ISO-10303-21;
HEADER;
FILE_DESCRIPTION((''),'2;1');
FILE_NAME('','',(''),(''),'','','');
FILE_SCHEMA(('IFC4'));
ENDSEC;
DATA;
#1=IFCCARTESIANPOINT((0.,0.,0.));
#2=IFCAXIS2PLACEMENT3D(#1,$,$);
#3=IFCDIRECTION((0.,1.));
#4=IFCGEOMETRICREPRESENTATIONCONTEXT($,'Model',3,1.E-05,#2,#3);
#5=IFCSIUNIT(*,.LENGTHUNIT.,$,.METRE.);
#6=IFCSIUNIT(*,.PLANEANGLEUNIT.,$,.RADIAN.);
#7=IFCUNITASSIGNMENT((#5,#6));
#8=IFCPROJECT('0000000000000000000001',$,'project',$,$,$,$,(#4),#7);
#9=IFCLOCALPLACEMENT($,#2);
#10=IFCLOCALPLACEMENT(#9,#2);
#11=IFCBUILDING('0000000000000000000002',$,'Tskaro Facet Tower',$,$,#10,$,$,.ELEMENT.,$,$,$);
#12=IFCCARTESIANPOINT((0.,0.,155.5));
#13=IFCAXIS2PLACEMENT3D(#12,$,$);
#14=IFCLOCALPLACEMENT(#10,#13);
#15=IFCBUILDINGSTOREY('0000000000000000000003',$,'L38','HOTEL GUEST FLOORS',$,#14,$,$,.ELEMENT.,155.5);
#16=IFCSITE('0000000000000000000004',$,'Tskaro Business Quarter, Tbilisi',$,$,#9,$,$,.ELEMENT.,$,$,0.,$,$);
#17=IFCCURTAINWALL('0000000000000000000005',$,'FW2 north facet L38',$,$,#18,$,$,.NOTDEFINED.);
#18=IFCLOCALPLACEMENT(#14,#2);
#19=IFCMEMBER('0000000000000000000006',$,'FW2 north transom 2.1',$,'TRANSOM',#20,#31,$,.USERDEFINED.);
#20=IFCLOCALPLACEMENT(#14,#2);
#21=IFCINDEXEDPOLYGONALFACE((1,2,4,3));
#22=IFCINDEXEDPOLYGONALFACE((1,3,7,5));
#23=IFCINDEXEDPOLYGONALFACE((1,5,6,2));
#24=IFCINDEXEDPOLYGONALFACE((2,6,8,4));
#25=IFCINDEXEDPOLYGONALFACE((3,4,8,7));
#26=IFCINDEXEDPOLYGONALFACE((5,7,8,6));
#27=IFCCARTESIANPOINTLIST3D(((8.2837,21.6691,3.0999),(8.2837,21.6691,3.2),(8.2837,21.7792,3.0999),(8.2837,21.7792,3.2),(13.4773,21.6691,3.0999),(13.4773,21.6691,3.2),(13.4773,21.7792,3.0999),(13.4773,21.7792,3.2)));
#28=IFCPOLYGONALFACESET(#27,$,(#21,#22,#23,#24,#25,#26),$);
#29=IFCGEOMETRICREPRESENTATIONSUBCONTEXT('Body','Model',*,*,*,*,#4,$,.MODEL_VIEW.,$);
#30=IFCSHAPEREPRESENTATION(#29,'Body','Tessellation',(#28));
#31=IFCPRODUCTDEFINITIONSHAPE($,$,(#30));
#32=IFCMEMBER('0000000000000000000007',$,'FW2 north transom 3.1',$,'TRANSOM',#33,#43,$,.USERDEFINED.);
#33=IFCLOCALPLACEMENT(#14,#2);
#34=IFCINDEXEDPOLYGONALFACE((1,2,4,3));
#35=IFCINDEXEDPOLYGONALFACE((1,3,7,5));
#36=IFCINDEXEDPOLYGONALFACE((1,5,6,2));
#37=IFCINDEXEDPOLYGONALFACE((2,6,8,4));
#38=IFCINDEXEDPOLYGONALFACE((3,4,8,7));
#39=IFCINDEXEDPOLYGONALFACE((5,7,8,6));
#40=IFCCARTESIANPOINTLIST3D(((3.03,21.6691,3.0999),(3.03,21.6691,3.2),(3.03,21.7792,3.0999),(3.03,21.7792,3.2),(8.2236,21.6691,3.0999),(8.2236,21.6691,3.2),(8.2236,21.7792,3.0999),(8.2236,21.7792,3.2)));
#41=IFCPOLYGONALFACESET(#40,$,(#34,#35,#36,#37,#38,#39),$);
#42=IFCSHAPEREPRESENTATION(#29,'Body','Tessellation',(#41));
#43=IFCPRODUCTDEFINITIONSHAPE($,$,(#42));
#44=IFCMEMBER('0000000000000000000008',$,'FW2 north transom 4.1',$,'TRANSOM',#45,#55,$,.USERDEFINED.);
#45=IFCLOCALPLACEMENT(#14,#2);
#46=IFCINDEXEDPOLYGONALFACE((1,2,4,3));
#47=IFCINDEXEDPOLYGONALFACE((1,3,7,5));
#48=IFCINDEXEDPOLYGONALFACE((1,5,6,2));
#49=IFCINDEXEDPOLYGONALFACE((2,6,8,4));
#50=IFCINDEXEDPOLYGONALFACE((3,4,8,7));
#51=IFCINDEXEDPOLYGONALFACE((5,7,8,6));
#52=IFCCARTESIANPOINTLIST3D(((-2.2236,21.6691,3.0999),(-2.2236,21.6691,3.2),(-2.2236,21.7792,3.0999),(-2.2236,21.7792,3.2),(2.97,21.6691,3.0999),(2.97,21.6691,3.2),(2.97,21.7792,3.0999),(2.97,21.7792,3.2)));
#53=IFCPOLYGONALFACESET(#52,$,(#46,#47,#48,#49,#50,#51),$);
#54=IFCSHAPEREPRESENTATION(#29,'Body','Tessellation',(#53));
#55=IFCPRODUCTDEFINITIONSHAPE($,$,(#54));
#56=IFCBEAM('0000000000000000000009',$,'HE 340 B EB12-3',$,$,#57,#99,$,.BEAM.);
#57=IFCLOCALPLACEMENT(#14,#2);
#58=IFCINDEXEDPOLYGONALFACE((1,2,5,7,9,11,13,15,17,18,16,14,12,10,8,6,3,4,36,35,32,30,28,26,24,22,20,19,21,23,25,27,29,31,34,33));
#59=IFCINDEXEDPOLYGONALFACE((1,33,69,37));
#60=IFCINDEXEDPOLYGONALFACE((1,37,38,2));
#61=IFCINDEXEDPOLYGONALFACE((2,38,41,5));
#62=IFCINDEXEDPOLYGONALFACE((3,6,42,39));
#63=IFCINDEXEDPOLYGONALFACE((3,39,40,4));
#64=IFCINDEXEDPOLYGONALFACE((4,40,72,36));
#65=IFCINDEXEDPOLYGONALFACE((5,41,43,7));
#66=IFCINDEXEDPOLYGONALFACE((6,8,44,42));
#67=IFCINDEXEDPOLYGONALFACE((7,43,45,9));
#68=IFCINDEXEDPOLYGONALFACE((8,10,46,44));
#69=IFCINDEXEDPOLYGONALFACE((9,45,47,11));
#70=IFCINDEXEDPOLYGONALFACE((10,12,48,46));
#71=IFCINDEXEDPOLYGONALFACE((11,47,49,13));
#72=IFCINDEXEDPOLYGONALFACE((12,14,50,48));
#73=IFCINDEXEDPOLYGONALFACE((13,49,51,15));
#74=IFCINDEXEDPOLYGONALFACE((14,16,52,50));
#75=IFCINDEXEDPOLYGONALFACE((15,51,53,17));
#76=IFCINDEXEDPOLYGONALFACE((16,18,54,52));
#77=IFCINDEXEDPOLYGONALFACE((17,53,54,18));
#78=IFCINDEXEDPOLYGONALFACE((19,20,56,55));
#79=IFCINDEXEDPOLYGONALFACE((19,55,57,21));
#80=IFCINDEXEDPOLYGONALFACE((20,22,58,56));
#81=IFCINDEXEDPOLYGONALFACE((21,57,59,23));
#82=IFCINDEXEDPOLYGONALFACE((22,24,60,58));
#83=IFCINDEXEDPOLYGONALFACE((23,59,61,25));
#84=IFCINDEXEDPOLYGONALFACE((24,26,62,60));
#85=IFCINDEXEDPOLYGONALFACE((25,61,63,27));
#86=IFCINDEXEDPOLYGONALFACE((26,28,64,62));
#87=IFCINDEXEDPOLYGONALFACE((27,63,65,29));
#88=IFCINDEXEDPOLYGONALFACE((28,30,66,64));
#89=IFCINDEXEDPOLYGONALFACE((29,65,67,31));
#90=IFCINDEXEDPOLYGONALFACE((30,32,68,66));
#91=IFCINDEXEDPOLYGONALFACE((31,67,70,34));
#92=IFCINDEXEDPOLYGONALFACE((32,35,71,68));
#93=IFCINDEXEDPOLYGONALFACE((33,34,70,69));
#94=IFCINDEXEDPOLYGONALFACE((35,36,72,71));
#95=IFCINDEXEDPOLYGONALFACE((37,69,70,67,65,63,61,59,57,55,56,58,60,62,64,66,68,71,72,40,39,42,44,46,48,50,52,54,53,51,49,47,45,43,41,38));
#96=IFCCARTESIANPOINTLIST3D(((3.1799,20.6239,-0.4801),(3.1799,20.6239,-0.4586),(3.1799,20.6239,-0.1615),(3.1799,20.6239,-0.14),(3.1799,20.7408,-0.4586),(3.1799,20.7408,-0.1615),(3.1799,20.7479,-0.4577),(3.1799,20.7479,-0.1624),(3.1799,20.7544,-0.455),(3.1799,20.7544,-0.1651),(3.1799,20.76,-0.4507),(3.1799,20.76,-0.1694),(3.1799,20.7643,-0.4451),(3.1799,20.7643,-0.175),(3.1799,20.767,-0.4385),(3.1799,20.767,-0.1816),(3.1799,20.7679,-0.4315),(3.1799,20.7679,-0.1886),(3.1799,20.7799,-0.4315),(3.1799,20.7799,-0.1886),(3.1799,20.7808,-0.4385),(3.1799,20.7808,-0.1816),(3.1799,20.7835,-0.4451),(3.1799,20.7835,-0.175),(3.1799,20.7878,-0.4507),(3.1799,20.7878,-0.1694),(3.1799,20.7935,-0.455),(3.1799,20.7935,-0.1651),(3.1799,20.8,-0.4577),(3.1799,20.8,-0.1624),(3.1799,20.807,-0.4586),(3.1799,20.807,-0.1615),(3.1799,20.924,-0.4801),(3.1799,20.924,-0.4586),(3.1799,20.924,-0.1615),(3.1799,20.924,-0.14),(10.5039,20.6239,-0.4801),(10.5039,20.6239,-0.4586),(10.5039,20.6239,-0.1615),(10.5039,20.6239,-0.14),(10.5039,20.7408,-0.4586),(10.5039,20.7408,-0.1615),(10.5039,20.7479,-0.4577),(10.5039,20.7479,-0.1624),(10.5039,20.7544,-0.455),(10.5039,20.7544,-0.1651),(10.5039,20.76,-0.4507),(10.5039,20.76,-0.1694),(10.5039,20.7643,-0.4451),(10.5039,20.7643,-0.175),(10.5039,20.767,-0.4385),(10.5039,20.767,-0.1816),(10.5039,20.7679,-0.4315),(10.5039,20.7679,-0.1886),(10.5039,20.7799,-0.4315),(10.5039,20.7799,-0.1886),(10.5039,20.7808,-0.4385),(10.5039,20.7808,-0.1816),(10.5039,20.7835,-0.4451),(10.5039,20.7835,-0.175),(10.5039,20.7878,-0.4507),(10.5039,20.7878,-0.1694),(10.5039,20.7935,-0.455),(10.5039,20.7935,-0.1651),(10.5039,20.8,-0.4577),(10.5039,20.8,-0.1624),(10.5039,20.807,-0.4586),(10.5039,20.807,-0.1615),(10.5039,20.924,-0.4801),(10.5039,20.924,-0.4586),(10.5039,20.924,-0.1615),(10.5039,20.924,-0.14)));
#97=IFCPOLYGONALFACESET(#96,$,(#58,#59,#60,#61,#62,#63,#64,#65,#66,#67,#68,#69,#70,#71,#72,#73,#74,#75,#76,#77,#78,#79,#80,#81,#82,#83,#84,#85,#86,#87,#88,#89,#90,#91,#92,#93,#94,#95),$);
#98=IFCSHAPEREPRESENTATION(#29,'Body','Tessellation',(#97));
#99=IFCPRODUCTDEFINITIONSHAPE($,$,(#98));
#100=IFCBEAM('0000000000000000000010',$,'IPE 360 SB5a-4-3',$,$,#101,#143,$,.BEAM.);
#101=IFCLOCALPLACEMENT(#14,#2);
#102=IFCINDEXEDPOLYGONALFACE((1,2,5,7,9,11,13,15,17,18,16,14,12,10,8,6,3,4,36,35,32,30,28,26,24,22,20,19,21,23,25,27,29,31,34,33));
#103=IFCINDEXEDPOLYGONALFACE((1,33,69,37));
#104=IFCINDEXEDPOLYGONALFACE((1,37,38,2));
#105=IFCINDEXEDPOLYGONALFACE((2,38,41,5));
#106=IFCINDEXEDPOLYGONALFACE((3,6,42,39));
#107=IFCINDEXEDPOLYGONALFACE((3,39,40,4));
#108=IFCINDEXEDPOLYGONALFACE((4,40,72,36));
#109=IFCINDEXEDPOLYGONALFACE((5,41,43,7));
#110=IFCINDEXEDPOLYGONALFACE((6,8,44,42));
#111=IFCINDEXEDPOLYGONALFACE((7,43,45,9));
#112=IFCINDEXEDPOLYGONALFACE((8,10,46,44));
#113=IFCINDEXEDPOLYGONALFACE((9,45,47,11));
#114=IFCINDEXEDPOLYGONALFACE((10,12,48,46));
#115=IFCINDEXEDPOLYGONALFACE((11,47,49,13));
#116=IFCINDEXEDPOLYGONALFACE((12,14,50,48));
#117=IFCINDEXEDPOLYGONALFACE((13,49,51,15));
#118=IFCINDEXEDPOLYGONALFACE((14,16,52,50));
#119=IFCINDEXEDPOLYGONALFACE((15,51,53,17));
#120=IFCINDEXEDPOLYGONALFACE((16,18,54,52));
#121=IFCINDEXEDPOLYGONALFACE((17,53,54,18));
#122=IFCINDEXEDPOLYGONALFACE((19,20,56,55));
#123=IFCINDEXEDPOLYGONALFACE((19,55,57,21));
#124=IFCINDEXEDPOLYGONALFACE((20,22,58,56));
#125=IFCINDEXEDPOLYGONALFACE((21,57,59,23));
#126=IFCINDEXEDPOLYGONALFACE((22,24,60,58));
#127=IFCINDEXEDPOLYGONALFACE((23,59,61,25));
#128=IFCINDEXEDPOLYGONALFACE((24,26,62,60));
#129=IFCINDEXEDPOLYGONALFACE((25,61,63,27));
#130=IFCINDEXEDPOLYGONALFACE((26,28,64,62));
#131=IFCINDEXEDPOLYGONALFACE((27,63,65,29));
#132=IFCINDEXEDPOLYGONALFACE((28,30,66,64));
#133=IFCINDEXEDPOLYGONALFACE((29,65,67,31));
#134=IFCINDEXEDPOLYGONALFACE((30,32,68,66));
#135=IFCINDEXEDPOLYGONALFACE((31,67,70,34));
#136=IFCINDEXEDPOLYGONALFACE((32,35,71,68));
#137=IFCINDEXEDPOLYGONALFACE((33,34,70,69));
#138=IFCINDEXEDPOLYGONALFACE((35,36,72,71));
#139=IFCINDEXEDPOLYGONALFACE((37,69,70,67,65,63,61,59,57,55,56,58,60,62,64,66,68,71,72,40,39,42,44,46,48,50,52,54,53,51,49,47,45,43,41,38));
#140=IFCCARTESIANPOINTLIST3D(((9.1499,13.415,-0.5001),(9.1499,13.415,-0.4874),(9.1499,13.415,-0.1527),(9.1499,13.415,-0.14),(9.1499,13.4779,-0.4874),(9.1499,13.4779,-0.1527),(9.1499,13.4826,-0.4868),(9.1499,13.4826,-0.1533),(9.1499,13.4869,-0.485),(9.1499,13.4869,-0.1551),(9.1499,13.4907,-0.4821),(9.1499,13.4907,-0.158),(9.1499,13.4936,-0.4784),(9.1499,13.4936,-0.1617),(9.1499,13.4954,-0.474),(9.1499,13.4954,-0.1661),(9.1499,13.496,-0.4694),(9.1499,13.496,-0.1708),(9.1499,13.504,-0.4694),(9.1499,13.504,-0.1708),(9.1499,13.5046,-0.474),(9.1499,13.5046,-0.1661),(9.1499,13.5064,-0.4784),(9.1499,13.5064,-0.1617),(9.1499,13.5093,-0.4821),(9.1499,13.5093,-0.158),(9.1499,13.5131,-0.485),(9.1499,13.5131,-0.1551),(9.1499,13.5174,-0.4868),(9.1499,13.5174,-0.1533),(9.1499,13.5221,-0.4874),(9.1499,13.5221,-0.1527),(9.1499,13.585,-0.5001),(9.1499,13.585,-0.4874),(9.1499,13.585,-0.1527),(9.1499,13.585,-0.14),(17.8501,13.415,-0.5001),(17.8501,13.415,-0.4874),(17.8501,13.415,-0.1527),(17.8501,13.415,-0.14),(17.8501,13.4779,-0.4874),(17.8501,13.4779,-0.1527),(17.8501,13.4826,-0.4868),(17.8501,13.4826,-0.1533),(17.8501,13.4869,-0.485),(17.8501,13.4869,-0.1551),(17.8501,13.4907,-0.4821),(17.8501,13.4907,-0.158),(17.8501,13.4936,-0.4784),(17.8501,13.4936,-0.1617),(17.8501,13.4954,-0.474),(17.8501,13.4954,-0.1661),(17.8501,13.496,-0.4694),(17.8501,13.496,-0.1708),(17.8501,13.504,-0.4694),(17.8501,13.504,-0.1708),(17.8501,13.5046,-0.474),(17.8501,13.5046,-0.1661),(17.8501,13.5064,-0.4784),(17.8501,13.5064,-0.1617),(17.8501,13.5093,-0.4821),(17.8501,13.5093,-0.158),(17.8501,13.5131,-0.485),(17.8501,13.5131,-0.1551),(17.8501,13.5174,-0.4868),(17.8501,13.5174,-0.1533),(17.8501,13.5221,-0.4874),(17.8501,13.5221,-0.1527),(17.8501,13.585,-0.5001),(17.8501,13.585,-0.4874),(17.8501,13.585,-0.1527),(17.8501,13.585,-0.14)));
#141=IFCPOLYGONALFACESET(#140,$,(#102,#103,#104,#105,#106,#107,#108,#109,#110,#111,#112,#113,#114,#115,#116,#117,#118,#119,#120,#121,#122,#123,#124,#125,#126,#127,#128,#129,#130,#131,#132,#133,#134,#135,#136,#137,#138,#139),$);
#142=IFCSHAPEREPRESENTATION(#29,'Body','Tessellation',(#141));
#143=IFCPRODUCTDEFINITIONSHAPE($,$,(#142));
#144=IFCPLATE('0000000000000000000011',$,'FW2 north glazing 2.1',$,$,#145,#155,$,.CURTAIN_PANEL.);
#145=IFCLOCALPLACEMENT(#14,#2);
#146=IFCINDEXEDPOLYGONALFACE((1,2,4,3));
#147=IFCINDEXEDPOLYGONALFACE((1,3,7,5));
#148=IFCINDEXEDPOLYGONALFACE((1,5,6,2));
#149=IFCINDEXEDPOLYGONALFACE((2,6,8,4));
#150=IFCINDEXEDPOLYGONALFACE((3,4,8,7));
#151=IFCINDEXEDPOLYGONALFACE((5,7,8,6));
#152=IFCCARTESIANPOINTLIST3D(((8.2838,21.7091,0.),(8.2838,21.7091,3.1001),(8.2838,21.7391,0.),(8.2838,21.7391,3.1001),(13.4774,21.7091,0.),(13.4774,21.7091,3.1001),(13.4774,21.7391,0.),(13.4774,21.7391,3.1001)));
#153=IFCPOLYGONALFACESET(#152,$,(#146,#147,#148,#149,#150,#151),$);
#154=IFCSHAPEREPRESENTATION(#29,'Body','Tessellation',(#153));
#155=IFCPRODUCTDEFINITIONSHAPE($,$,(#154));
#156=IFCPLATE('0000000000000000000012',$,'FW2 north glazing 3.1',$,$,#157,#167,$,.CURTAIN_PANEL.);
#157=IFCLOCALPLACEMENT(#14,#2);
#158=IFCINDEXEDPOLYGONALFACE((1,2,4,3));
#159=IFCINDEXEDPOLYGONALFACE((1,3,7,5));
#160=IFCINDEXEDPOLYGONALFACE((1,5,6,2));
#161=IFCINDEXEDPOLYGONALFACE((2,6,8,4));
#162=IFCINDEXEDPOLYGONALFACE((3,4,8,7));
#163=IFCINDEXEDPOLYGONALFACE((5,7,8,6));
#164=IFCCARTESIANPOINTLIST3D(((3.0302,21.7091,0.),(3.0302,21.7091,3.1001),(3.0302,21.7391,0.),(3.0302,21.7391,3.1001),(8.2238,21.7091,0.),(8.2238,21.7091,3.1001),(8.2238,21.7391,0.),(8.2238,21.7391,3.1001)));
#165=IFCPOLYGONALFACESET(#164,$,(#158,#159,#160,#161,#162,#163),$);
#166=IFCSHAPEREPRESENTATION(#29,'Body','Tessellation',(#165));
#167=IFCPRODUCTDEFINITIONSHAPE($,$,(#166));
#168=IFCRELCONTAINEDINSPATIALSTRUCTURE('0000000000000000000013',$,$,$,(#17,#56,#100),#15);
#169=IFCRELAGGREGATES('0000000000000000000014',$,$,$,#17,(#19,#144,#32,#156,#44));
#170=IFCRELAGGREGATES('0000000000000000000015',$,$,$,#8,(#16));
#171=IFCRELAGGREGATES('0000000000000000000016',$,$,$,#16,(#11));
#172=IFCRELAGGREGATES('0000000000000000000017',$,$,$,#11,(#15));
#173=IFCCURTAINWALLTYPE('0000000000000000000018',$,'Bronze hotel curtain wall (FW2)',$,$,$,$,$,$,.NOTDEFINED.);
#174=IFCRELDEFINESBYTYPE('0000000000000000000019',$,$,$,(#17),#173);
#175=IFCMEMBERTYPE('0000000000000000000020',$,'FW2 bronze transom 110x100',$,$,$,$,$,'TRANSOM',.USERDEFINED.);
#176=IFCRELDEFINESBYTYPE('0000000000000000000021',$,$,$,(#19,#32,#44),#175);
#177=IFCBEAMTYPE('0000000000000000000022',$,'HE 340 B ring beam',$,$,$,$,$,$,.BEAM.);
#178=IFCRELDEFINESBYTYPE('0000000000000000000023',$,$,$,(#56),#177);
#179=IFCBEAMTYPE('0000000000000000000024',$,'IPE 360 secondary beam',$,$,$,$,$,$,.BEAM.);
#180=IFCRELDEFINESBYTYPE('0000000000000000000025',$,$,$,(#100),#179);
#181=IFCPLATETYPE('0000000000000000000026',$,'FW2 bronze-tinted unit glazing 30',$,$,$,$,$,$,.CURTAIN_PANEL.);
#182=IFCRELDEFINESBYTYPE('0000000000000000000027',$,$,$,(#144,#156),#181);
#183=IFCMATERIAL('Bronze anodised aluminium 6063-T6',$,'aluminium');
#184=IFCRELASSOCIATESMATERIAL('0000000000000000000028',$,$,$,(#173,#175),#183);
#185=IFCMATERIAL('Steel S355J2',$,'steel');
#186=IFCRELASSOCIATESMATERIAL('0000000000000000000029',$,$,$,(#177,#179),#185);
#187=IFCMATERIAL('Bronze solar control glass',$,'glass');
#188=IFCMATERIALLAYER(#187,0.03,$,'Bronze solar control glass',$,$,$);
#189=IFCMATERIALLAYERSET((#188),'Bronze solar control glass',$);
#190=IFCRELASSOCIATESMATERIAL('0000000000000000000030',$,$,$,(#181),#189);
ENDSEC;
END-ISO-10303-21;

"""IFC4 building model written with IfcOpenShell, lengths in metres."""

from ifc_helpers import new_model, si_unit, direction, frame, origin, origin_2d, place, context, subcontext, project, spatial, rectangle, i_section, extrude, material, layer, layer_set, material_profile, profile_set, type_object, element, aggregate, save


model = new_model("IFC4")

# Units and contexts
model_context = context("Model", 3, precision=1e-05, world=origin(), true_north=direction((0.0, 1.0)))
body_context = subcontext(model_context, "Body", "Model", "MODEL_VIEW")
ifc_project = project(units=[si_unit("LENGTHUNIT", "METRE"), si_unit("PLANEANGLEUNIT", "RADIAN")], contexts=[model_context])

# Site, building, storey
site_placement = place(None, origin())
site = spatial("IfcSite", under=ifc_project, at=site_placement, Name="Tskaro Business Quarter, Tbilisi", CompositionType="ELEMENT", RefElevation=0.0)
building_placement = place(site_placement, origin())
building = spatial("IfcBuilding", under=site, at=building_placement, Name="Tskaro Facet Tower", CompositionType="ELEMENT")
storey_placement = place(building_placement, frame((0.0, 0.0, 155.5)))
storey = spatial("IfcBuildingStorey", under=building, at=storey_placement, Name="L38", Description="HOTEL GUEST FLOORS", CompositionType="ELEMENT", Elevation=155.5)

# Curtain wall, members
ifc_material_1 = material(Name="Bronze anodised aluminium 6063-T6", Category="aluminium")
curtain_wall_type = type_object("IfcCurtainWallType", Name="Bronze hotel curtain wall (FW2)", PredefinedType="NOTDEFINED", material=ifc_material_1)
curtain_wall_placement = place(storey_placement, origin())
curtain_wall = element("IfcCurtainWall", 1, at=curtain_wall_placement, inside=storey, type_object=curtain_wall_type, Name="FW2 north facet L38", PredefinedType="NOTDEFINED")
ifc_material_profile_1 = material_profile(ifc_material_1, rectangle(XDim=0.1101, YDim=0.1001, at=origin_2d()), Name="Transom 110x100")
ifc_profile_set_1 = profile_set([ifc_material_profile_1], Name="Bronze anodised aluminium 6063-T6")
member_type_1 = type_object("IfcMemberType", Name="FW2 bronze transom 110x100", ElementType="TRANSOM", PredefinedType="USERDEFINED", material=ifc_profile_set_1)
member_1_placement = place(storey_placement, frame((13.4773, 21.7241, 3.1499), z_axis=(-1.0, 0.0, 0.0), x_axis=(0.0, -1.0, 0.0)))
member_1 = element("IfcMember", 2, at=member_1_placement, type_object=member_type_1, Name="FW2 north transom 2.1", ObjectType="TRANSOM", PredefinedType="USERDEFINED", context=body_context, shape_type="SweptSolid", body=[
    extrude(rectangle(XDim=0.1101, YDim=0.1001, at=origin_2d()), origin(), (0.0, 0.0, 1.0), 5.1936),
])
member_2_placement = place(storey_placement, frame((8.2236, 21.7241, 3.1499), z_axis=(-1.0, 0.0, 0.0), x_axis=(0.0, -1.0, 0.0)))
member_2 = element("IfcMember", 3, at=member_2_placement, type_object=member_type_1, Name="FW2 north transom 3.1", ObjectType="TRANSOM", PredefinedType="USERDEFINED", context=body_context, shape_type="SweptSolid", body=[
    extrude(rectangle(XDim=0.1101, YDim=0.1001, at=origin_2d()), origin(), (0.0, 0.0, 1.0), 5.1936),
])
member_3_placement = place(storey_placement, frame((2.97, 21.7241, 3.1499), z_axis=(-1.0, 0.0, 0.0), x_axis=(0.0, -1.0, 0.0)))
member_3 = element("IfcMember", 4, at=member_3_placement, type_object=member_type_1, Name="FW2 north transom 4.1", ObjectType="TRANSOM", PredefinedType="USERDEFINED", context=body_context, shape_type="SweptSolid", body=[
    extrude(rectangle(XDim=0.1101, YDim=0.1001, at=origin_2d()), origin(), (0.0, 0.0, 1.0), 5.1936),
])

# Beams
ifc_material_2 = material(Name="Steel S355J2", Category="steel")
ifc_material_profile_2 = material_profile(ifc_material_2, i_section(OverallWidth=0.3, OverallDepth=0.3401, WebThickness=0.012, FlangeThickness=0.0215, FilletRadius=0.0271, at=origin_2d()), Name="HE 340 B")
ifc_profile_set_2 = profile_set([ifc_material_profile_2], Name="Steel S355J2")
beam_type_1 = type_object("IfcBeamType", Name="HE 340 B ring beam", PredefinedType="BEAM", material=ifc_profile_set_2)
beam_1_placement = place(storey_placement, frame((10.5039, 20.7739, -0.3101), z_axis=(-1.0, 0.0, 0.0), x_axis=(0.0, -1.0, 0.0)))
element("IfcBeam", 5, at=beam_1_placement, inside=storey, type_object=beam_type_1, Name="HE 340 B EB12-3", PredefinedType="BEAM", context=body_context, shape_type="SweptSolid", body=[
    extrude(i_section(OverallWidth=0.3, OverallDepth=0.3401, WebThickness=0.012, FlangeThickness=0.0215, FilletRadius=0.0271, at=origin_2d()), origin(), (0.0, 0.0, 1.0), 7.324),
])
ifc_material_profile_3 = material_profile(ifc_material_2, i_section(OverallWidth=0.1699, OverallDepth=0.3601, WebThickness=0.0081, FlangeThickness=0.0127, FilletRadius=0.0181, at=origin_2d()), Name="IPE 360")
ifc_profile_set_3 = profile_set([ifc_material_profile_3], Name="Steel S355J2")
beam_type_2 = type_object("IfcBeamType", Name="IPE 360 secondary beam", PredefinedType="BEAM", material=ifc_profile_set_3)
beam_2_placement = place(storey_placement, frame((9.1499, 13.5, -0.3201), z_axis=(1.0, 0.0, 0.0), x_axis=(0.0, 1.0, 0.0)))
element("IfcBeam", 6, at=beam_2_placement, inside=storey, type_object=beam_type_2, Name="IPE 360 SB5a-4-3", PredefinedType="BEAM", context=body_context, shape_type="SweptSolid", body=[
    extrude(i_section(OverallWidth=0.1699, OverallDepth=0.3601, WebThickness=0.0081, FlangeThickness=0.0127, FilletRadius=0.0181, at=origin_2d()), origin(), (0.0, 0.0, 1.0), 8.7002),
])

# Plates
ifc_material_3 = material(Name="Bronze solar control glass", Category="glass")
ifc_layer_1 = layer(ifc_material_3, 0.03, Name="Bronze solar control glass")
ifc_layer_set_1 = layer_set([ifc_layer_1], Name="Bronze solar control glass")
plate_type = type_object("IfcPlateType", Name="FW2 bronze-tinted unit glazing 30", PredefinedType="CURTAIN_PANEL", material=ifc_layer_set_1)
plate_1_placement = place(storey_placement, frame((10.8806, 21.7241, 0.0), z_axis=(0.0, 0.0, 1.0), x_axis=(-1.0, 0.0, 0.0)))
plate_1 = element("IfcPlate", 7, at=plate_1_placement, type_object=plate_type, Name="FW2 north glazing 2.1", PredefinedType="CURTAIN_PANEL", context=body_context, shape_type="SweptSolid", body=[
    extrude(rectangle(XDim=5.1936, YDim=0.03, at=origin_2d()), origin(), (0.0, 0.0, 1.0), 3.1001),
])
plate_2_placement = place(storey_placement, frame((5.627, 21.7241, 0.0), z_axis=(0.0, 0.0, 1.0), x_axis=(-1.0, 0.0, 0.0)))
plate_2 = element("IfcPlate", 8, at=plate_2_placement, type_object=plate_type, Name="FW2 north glazing 3.1", PredefinedType="CURTAIN_PANEL", context=body_context, shape_type="SweptSolid", body=[
    extrude(rectangle(XDim=5.1936, YDim=0.03, at=origin_2d()), origin(), (0.0, 0.0, 1.0), 3.1001),
])
aggregate(curtain_wall, [member_1, plate_1, member_2, plate_2, member_3])

save(model, "model.ifc")
